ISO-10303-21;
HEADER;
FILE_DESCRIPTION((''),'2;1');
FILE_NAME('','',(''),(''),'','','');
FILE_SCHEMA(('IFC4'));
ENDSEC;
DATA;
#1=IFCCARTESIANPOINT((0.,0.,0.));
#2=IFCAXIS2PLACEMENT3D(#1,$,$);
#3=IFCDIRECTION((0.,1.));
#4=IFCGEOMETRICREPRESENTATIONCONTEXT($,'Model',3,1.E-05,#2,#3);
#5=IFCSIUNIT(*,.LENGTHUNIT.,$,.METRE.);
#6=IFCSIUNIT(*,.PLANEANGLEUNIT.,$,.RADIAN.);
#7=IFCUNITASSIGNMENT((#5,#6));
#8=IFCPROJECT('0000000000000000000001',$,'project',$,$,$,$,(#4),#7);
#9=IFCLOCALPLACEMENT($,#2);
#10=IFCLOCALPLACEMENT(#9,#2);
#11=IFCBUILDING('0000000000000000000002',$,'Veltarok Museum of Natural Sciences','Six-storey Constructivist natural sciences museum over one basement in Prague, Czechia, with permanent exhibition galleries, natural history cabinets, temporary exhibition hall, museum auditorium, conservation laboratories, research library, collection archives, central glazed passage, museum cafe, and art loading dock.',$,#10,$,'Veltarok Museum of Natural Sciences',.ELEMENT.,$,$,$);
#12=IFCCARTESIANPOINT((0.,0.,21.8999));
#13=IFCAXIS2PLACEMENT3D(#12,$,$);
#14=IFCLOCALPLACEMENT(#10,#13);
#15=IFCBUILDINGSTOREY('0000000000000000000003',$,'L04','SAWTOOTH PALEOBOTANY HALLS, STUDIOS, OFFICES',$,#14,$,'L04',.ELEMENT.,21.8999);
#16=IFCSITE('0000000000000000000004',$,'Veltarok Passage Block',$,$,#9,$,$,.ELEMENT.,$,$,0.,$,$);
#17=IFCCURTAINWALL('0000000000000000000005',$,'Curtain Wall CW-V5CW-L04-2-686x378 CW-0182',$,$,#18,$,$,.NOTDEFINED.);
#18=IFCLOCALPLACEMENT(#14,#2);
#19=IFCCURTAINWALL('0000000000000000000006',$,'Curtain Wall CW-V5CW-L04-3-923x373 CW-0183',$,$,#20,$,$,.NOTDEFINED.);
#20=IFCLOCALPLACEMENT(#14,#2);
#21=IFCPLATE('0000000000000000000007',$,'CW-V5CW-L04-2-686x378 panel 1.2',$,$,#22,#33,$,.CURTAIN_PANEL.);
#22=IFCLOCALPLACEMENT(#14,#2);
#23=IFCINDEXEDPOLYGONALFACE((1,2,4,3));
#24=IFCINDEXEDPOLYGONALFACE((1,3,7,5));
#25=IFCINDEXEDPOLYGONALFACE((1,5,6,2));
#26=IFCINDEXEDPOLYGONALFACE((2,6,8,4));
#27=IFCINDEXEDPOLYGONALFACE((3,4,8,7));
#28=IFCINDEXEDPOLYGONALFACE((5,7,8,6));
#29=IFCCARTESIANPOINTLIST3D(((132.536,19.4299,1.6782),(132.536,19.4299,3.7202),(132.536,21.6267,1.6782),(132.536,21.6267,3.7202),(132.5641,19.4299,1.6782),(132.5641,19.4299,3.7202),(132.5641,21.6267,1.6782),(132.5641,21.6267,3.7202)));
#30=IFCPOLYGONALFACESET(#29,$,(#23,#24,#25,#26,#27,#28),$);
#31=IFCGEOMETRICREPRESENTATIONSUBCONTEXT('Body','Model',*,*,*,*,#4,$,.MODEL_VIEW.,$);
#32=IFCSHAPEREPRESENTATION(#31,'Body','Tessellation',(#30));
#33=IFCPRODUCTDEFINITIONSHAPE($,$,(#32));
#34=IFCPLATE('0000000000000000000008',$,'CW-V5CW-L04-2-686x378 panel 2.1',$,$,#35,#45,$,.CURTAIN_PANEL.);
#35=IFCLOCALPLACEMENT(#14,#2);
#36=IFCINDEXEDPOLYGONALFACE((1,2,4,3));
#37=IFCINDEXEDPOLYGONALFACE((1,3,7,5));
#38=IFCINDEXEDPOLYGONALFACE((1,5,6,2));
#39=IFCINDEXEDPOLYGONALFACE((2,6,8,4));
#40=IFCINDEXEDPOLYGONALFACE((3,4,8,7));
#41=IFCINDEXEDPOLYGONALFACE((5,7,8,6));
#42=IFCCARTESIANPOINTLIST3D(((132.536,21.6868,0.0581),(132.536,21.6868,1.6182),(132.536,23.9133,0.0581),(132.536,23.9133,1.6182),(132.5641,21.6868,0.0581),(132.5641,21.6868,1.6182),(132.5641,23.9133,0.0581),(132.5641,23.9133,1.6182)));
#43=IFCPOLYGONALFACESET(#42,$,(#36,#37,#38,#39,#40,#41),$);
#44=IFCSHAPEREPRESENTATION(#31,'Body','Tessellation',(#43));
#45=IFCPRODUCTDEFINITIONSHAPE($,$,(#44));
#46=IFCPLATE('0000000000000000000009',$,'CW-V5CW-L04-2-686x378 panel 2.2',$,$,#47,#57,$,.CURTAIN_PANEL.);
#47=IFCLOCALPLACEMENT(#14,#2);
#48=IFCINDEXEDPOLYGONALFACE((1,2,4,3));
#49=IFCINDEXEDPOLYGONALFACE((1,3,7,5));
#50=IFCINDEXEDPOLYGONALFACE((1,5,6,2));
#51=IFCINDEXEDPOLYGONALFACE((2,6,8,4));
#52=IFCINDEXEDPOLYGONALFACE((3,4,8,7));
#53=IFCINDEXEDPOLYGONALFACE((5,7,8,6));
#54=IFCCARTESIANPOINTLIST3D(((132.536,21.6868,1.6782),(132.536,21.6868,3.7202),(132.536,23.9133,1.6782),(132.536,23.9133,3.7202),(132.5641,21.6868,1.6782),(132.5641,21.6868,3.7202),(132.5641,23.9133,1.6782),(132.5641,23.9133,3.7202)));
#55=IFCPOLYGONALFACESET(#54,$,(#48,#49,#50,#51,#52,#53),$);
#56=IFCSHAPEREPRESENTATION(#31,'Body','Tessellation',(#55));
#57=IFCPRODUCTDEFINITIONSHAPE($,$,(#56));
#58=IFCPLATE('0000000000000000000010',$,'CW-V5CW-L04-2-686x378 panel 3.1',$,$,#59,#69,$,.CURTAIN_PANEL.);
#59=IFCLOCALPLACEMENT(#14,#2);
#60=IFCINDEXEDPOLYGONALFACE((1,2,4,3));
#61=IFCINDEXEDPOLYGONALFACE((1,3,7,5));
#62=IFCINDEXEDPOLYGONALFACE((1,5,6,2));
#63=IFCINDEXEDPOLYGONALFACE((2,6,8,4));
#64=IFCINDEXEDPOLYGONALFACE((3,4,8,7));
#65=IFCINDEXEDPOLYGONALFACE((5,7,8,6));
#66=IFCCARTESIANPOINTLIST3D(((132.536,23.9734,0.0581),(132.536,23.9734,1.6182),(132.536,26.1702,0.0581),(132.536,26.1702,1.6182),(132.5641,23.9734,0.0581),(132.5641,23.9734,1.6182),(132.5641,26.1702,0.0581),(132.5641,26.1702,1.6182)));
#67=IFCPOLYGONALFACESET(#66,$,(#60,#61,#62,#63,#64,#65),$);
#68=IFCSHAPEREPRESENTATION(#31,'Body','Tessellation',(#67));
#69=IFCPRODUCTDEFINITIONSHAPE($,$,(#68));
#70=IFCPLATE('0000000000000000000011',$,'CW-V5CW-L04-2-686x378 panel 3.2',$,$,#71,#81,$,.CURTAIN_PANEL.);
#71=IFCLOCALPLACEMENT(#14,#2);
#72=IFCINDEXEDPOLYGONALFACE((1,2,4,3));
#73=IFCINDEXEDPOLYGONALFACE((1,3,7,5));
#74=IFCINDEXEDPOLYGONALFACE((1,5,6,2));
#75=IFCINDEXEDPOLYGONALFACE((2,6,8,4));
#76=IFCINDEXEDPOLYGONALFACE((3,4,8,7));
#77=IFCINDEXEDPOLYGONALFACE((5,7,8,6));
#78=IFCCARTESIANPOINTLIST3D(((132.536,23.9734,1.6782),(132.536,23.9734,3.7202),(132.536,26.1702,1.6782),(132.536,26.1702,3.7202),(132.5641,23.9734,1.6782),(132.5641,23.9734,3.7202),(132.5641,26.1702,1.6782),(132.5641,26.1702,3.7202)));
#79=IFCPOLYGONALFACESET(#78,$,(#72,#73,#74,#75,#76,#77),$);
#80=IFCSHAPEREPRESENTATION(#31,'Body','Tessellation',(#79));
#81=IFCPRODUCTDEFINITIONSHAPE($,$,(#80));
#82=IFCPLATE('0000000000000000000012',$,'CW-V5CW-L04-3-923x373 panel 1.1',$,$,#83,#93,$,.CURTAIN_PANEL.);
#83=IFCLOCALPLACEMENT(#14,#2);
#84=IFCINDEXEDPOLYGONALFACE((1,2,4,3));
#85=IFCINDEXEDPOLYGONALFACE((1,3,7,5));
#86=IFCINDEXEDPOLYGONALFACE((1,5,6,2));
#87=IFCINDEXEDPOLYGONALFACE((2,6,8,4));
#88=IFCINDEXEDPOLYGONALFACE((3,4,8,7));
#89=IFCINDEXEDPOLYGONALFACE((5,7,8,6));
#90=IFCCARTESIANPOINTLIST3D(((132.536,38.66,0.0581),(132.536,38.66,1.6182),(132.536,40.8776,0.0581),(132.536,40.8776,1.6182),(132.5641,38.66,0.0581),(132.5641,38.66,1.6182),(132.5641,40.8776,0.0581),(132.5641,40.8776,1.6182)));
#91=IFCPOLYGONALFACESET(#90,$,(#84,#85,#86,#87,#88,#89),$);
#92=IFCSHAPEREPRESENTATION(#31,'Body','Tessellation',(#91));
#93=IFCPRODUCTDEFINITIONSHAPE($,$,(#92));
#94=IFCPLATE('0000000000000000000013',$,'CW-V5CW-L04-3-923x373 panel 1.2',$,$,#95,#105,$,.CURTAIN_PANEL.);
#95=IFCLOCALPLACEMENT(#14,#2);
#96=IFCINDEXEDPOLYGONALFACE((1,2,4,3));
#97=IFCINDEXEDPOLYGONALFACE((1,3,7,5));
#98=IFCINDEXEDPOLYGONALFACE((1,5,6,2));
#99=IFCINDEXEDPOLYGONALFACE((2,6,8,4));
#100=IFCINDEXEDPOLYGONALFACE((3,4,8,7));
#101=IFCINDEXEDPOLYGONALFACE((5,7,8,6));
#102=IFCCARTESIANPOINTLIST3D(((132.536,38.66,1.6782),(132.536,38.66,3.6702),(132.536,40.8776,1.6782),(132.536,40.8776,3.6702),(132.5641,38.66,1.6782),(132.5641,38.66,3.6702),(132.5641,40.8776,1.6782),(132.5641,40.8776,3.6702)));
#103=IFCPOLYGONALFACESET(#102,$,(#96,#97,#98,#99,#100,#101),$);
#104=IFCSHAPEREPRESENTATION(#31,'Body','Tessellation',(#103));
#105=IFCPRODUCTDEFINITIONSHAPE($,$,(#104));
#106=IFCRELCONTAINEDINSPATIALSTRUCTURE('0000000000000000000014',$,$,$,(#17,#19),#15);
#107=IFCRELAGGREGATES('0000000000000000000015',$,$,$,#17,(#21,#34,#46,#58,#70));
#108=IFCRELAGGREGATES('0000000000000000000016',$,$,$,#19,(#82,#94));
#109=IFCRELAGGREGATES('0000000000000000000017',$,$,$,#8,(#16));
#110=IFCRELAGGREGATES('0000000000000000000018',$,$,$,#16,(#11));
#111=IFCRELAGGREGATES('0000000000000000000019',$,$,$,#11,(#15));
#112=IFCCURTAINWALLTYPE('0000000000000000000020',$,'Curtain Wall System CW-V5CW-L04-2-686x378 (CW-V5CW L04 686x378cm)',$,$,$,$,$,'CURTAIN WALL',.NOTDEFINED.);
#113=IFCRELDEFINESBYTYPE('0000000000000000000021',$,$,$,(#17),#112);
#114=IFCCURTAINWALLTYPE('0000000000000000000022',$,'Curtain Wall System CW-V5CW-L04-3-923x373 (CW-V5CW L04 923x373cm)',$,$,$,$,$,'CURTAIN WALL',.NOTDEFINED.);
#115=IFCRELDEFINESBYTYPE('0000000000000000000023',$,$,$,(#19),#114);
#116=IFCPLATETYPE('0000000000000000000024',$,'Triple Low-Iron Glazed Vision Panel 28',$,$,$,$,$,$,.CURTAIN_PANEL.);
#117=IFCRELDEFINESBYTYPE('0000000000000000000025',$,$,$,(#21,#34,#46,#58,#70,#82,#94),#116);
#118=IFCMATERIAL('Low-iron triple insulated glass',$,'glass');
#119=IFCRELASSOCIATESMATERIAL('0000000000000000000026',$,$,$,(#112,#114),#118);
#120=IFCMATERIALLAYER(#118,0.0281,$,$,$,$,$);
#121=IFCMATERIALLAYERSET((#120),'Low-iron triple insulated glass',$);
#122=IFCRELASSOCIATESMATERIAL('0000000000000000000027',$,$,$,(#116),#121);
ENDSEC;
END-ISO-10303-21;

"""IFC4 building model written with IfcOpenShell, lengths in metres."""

from ifc_helpers import new_model, si_unit, direction, frame, origin, origin_2d, place, context, subcontext, project, spatial, rectangle, extrude, material, layer, layer_set, type_object, element, aggregate, save


model = new_model("IFC4")

# Units and contexts
model_context = context("Model", 3, precision=1e-05, world=origin(), true_north=direction((0.0, 1.0)))
body_context = subcontext(model_context, "Body", "Model", "MODEL_VIEW")
ifc_project = project(units=[si_unit("LENGTHUNIT", "METRE"), si_unit("PLANEANGLEUNIT", "RADIAN")], contexts=[model_context])

# Site, building, storey
site_placement = place(None, origin())
site = spatial("IfcSite", under=ifc_project, at=site_placement, Name="Veltarok Passage Block", CompositionType="ELEMENT", RefElevation=0.0)
building_placement = place(site_placement, origin())
building = spatial("IfcBuilding", under=site, at=building_placement, Name="Veltarok Museum of Natural Sciences", Description="Six-storey Constructivist natural sciences museum over one basement in Prague, Czechia, with permanent exhibition galleries, natural history cabinets, temporary exhibition hall, museum auditorium, conservation laboratories, research library, collection archives, central glazed passage, museum cafe, and art loading dock.", LongName="Veltarok Museum of Natural Sciences", CompositionType="ELEMENT")
storey_placement = place(building_placement, frame((0.0, 0.0, 21.8999)))
storey = spatial("IfcBuildingStorey", under=building, at=storey_placement, Name="L04", Description="SAWTOOTH PALEOBOTANY HALLS, STUDIOS, OFFICES", LongName="L04", CompositionType="ELEMENT", Elevation=21.8999)

# Curtain walls
ifc_material_1 = material(Name="Low-iron triple insulated glass", Category="glass")
curtain_wall_type_1 = type_object("IfcCurtainWallType", Name="Curtain Wall System CW-V5CW-L04-2-686x378 (CW-V5CW L04 686x378cm)", ElementType="CURTAIN WALL", PredefinedType="NOTDEFINED", material=ifc_material_1)
curtain_wall_1_placement = place(storey_placement, origin())
curtain_wall_1 = element("IfcCurtainWall", 1, at=curtain_wall_1_placement, inside=storey, type_object=curtain_wall_type_1, Name="Curtain Wall CW-V5CW-L04-2-686x378 CW-0182", PredefinedType="NOTDEFINED")
curtain_wall_type_2 = type_object("IfcCurtainWallType", Name="Curtain Wall System CW-V5CW-L04-3-923x373 (CW-V5CW L04 923x373cm)", ElementType="CURTAIN WALL", PredefinedType="NOTDEFINED", material=ifc_material_1)
curtain_wall_2_placement = place(storey_placement, origin())
curtain_wall_2 = element("IfcCurtainWall", 2, at=curtain_wall_2_placement, inside=storey, type_object=curtain_wall_type_2, Name="Curtain Wall CW-V5CW-L04-3-923x373 CW-0183", PredefinedType="NOTDEFINED")

# Plates
ifc_layer = layer(ifc_material_1, 0.0281)
ifc_layer_set = layer_set([ifc_layer], Name="Low-iron triple insulated glass")
plate_type = type_object("IfcPlateType", Name="Triple Low-Iron Glazed Vision Panel 28", PredefinedType="CURTAIN_PANEL", material=ifc_layer_set)
plate_1_placement = place(storey_placement, frame((132.55, 20.5283, 1.6782), z_axis=(0.0, 0.0, 1.0), x_axis=(0.0, 1.0, 0.0)))
plate_1 = element("IfcPlate", 3, at=plate_1_placement, type_object=plate_type, Name="CW-V5CW-L04-2-686x378 panel 1.2", PredefinedType="CURTAIN_PANEL", context=body_context, shape_type="SweptSolid", body=[
    extrude(rectangle(XDim=2.1968, YDim=0.0281, at=origin_2d()), origin(), (0.0, 0.0, 1.0), 2.042),
])
plate_2_placement = place(storey_placement, frame((132.55, 22.8, 0.0581), z_axis=(0.0, 0.0, 1.0), x_axis=(0.0, 1.0, 0.0)))
plate_2 = element("IfcPlate", 4, at=plate_2_placement, type_object=plate_type, Name="CW-V5CW-L04-2-686x378 panel 2.1", PredefinedType="CURTAIN_PANEL", context=body_context, shape_type="SweptSolid", body=[
    extrude(rectangle(XDim=2.2266, YDim=0.0281, at=origin_2d()), origin(), (0.0, 0.0, 1.0), 1.5601),
])
plate_3_placement = place(storey_placement, frame((132.55, 22.8, 1.6782), z_axis=(0.0, 0.0, 1.0), x_axis=(0.0, 1.0, 0.0)))
plate_3 = element("IfcPlate", 5, at=plate_3_placement, type_object=plate_type, Name="CW-V5CW-L04-2-686x378 panel 2.2", PredefinedType="CURTAIN_PANEL", context=body_context, shape_type="SweptSolid", body=[
    extrude(rectangle(XDim=2.2266, YDim=0.0281, at=origin_2d()), origin(), (0.0, 0.0, 1.0), 2.042),
])
plate_4_placement = place(storey_placement, frame((132.55, 25.0718, 0.0581), z_axis=(0.0, 0.0, 1.0), x_axis=(0.0, 1.0, 0.0)))
plate_4 = element("IfcPlate", 6, at=plate_4_placement, type_object=plate_type, Name="CW-V5CW-L04-2-686x378 panel 3.1", PredefinedType="CURTAIN_PANEL", context=body_context, shape_type="SweptSolid", body=[
    extrude(rectangle(XDim=2.1968, YDim=0.0281, at=origin_2d()), origin(), (0.0, 0.0, 1.0), 1.5601),
])
plate_5_placement = place(storey_placement, frame((132.55, 25.0718, 1.6782), z_axis=(0.0, 0.0, 1.0), x_axis=(0.0, 1.0, 0.0)))
plate_5 = element("IfcPlate", 7, at=plate_5_placement, type_object=plate_type, Name="CW-V5CW-L04-2-686x378 panel 3.2", PredefinedType="CURTAIN_PANEL", context=body_context, shape_type="SweptSolid", body=[
    extrude(rectangle(XDim=2.1968, YDim=0.0281, at=origin_2d()), origin(), (0.0, 0.0, 1.0), 2.042),
])
aggregate(curtain_wall_1, [plate_1, plate_2, plate_3, plate_4, plate_5])
plate_6_placement = place(storey_placement, frame((132.55, 39.7688, 0.0581), z_axis=(0.0, 0.0, 1.0), x_axis=(0.0, 1.0, 0.0)))
plate_6 = element("IfcPlate", 8, at=plate_6_placement, type_object=plate_type, Name="CW-V5CW-L04-3-923x373 panel 1.1", PredefinedType="CURTAIN_PANEL", context=body_context, shape_type="SweptSolid", body=[
    extrude(rectangle(XDim=2.2175, YDim=0.0281, at=origin_2d()), origin(), (0.0, 0.0, 1.0), 1.5601),
])
plate_7_placement = place(storey_placement, frame((132.55, 39.7688, 1.6782), z_axis=(0.0, 0.0, 1.0), x_axis=(0.0, 1.0, 0.0)))
plate_7 = element("IfcPlate", 9, at=plate_7_placement, type_object=plate_type, Name="CW-V5CW-L04-3-923x373 panel 1.2", PredefinedType="CURTAIN_PANEL", context=body_context, shape_type="SweptSolid", body=[
    extrude(rectangle(XDim=2.2175, YDim=0.0281, at=origin_2d()), origin(), (0.0, 0.0, 1.0), 1.9919),
])
aggregate(curtain_wall_2, [plate_6, plate_7])

save(model, "model.ifc")
